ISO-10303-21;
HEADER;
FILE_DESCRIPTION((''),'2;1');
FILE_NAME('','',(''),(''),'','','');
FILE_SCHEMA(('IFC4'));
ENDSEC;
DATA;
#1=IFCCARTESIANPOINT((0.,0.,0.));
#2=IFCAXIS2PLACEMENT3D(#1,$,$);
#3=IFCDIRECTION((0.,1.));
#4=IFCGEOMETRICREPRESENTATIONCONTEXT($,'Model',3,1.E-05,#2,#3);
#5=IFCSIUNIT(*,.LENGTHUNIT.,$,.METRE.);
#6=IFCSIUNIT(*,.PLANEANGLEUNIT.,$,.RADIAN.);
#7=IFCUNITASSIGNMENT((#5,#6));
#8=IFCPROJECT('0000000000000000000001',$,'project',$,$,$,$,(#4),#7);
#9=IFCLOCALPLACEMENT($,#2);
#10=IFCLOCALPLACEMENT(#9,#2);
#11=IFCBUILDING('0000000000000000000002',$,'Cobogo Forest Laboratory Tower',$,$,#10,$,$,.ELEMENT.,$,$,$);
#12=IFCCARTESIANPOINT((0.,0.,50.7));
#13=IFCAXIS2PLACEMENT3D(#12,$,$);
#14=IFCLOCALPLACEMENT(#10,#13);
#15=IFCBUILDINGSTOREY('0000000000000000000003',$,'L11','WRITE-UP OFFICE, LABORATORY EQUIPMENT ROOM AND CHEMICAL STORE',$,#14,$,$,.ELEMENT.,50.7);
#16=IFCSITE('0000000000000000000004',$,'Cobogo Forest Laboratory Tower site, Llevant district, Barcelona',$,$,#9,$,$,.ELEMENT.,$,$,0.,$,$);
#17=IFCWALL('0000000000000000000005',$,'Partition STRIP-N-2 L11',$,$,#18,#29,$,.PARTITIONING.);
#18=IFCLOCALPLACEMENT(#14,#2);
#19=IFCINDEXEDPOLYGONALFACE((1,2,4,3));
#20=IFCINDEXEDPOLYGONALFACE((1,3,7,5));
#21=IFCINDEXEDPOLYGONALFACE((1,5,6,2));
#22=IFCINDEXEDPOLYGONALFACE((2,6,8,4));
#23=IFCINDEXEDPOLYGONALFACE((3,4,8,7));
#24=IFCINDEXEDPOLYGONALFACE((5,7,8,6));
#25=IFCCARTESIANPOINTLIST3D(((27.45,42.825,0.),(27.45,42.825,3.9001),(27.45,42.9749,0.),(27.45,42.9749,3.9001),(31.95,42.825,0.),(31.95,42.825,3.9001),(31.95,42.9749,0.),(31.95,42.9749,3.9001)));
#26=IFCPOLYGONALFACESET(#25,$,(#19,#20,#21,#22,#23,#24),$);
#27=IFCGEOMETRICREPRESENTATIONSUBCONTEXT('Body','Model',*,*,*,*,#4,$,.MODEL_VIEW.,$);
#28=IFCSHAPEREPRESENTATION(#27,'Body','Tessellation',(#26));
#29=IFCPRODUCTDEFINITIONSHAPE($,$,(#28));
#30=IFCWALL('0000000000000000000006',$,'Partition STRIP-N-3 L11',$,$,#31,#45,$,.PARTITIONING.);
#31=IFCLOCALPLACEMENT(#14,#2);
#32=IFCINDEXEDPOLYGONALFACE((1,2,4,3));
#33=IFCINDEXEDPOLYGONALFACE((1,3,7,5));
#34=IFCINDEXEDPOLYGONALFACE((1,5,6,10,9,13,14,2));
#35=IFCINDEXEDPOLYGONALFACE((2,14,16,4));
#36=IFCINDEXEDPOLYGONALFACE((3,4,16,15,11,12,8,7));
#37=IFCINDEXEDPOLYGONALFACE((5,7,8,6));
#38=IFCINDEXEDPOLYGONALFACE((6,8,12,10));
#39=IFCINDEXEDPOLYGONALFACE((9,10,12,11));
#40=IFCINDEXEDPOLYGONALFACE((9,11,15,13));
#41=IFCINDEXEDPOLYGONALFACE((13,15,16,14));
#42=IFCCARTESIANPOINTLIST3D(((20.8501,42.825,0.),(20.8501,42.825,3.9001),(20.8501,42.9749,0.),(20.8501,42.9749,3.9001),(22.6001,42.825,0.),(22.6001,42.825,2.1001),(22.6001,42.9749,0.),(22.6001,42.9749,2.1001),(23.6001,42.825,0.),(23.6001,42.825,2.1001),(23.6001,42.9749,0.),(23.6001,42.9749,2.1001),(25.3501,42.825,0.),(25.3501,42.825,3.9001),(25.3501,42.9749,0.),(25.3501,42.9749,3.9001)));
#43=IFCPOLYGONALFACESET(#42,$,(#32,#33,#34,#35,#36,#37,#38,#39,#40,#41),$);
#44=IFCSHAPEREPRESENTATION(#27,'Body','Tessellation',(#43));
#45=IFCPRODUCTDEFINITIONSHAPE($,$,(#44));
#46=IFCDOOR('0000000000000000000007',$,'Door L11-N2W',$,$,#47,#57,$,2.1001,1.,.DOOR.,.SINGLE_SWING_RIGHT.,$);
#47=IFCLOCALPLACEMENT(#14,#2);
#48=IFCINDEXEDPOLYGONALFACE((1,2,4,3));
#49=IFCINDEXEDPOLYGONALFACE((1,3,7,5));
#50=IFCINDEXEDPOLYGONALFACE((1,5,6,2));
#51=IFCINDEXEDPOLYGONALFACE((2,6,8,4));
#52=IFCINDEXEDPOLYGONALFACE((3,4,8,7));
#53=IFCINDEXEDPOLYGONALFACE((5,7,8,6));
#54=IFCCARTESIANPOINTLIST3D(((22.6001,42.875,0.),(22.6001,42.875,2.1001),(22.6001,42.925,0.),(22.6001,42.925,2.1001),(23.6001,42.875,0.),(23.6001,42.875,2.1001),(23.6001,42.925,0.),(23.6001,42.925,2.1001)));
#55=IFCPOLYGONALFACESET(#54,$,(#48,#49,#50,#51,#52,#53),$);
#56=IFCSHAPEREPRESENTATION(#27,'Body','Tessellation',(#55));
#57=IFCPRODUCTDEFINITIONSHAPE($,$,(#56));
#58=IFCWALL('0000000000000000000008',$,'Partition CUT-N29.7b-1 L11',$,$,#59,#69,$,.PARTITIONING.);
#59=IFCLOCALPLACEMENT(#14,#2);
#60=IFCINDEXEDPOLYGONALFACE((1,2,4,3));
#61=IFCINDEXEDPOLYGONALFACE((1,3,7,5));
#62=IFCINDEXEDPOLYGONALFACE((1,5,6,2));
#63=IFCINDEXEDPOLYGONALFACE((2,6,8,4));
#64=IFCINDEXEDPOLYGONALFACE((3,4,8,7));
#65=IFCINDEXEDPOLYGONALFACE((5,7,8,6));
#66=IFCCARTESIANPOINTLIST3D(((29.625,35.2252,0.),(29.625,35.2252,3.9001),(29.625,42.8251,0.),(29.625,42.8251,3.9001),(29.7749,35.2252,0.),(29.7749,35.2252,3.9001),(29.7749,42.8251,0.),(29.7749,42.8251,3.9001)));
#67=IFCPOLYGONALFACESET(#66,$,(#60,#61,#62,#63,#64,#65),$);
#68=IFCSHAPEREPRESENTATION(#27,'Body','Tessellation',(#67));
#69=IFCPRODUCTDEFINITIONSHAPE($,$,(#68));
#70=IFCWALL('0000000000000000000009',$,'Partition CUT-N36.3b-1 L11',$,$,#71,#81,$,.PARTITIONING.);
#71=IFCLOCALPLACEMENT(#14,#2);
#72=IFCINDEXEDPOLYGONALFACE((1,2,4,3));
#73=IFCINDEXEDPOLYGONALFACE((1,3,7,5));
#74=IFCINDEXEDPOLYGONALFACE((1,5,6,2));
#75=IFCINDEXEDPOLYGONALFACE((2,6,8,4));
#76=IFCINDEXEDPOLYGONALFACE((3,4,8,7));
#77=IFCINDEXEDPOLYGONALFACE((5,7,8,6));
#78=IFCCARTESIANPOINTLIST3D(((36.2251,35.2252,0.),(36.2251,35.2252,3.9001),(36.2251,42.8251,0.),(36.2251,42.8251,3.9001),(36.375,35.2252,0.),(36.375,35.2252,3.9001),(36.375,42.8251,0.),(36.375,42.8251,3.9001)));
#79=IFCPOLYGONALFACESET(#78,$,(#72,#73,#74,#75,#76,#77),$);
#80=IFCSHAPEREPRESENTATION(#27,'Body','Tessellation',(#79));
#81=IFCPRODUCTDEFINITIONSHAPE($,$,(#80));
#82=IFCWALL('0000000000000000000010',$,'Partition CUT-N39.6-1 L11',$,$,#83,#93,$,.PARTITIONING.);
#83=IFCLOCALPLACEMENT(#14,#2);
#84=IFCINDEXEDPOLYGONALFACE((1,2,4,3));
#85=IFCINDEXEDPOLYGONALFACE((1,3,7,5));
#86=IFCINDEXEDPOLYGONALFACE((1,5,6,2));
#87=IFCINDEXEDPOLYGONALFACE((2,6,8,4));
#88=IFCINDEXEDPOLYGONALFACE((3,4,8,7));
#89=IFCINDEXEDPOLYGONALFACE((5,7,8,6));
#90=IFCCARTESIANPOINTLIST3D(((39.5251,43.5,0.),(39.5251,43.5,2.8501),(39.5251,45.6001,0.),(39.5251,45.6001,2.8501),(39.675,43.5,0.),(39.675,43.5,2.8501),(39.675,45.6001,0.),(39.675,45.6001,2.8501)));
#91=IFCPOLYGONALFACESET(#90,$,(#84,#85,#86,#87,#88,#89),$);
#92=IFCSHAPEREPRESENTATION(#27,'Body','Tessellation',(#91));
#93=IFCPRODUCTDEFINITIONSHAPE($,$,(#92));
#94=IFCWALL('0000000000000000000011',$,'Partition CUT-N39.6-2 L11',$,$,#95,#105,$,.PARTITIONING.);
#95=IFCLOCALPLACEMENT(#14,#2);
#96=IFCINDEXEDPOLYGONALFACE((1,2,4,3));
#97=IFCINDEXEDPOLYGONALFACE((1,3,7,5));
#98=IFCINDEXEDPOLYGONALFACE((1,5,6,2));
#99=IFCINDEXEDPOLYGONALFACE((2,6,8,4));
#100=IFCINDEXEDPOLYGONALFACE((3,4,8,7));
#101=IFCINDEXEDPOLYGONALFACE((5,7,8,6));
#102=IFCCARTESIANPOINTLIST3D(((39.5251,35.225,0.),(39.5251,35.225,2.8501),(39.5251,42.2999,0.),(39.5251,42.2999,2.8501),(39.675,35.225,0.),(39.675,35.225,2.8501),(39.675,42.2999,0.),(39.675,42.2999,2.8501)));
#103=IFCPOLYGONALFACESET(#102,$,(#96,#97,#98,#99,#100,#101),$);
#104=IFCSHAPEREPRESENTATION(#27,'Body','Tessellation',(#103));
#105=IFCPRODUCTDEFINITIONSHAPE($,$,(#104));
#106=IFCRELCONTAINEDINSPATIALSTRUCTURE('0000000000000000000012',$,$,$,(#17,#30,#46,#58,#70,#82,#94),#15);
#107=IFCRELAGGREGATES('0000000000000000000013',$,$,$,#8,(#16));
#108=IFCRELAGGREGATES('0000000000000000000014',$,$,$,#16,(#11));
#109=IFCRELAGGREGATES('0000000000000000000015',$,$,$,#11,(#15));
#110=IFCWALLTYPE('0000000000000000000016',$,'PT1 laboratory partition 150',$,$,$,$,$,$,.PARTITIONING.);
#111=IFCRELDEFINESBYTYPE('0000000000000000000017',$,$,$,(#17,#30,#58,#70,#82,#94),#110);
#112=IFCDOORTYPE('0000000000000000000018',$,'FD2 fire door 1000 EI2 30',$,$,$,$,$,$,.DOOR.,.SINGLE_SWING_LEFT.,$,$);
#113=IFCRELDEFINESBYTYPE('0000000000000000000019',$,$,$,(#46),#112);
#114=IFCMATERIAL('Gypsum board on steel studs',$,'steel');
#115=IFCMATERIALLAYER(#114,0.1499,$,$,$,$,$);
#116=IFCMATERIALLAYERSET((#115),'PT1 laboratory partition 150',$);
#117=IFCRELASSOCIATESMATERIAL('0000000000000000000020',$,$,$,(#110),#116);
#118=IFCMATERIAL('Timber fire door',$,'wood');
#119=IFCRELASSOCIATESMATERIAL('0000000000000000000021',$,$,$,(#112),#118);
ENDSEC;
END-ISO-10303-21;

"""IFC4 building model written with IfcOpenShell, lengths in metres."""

from ifc_helpers import new_model, si_unit, direction, frame, frame_2d, origin, place, context, subcontext, project, spatial, rectangle, extrude, material, layer, layer_set, type_object, element, fill, save


model = new_model("IFC4")

# Units and contexts
model_context = context("Model", 3, precision=1e-05, world=origin(), true_north=direction((0.0, 1.0)))
body_context = subcontext(model_context, "Body", "Model", "MODEL_VIEW")
ifc_project = project(units=[si_unit("LENGTHUNIT", "METRE"), si_unit("PLANEANGLEUNIT", "RADIAN")], contexts=[model_context])

# Site, building, storey
site_placement = place(None, origin())
site = spatial("IfcSite", under=ifc_project, at=site_placement, Name="Cobogo Forest Laboratory Tower site, Llevant district, Barcelona", CompositionType="ELEMENT", RefElevation=0.0)
building_placement = place(site_placement, origin())
building = spatial("IfcBuilding", under=site, at=building_placement, Name="Cobogo Forest Laboratory Tower", CompositionType="ELEMENT")
storey_placement = place(building_placement, frame((0.0, 0.0, 50.7)))
storey = spatial("IfcBuildingStorey", under=building, at=storey_placement, Name="L11", Description="WRITE-UP OFFICE, LABORATORY EQUIPMENT ROOM AND CHEMICAL STORE", CompositionType="ELEMENT", Elevation=50.7)

# Shared definitions
ifc_material_1 = material(Name="Gypsum board on steel studs", Category="steel")
ifc_layer = layer(ifc_material_1, 0.1499)
ifc_layer_set = layer_set([ifc_layer], Name="PT1 laboratory partition 150")
wall_type = type_object("IfcWallType", Name="PT1 laboratory partition 150", PredefinedType="PARTITIONING", material=ifc_layer_set)
ifc_material_2 = material(Name="Timber fire door", Category="wood")
door_type = type_object("IfcDoorType", Name="FD2 fire door 1000 EI2 30", OperationType="SINGLE_SWING_LEFT", PredefinedType="DOOR", material=ifc_material_2)

# Wall
wall_1_placement = place(storey_placement, frame((31.95, 42.8999, 0.0), z_axis=(0.0, 0.0, 1.0), x_axis=(-1.0, 0.0, 0.0)))
element("IfcWall", 1, at=wall_1_placement, inside=storey, type_object=wall_type, Name="Partition STRIP-N-2 L11", PredefinedType="PARTITIONING", context=body_context, shape_type="SweptSolid", body=[
    extrude(rectangle(XDim=4.5, YDim=0.1499, at=frame_2d((2.25, 0.0))), origin(), (0.0, 0.0, 1.0), 3.9001),
])

# Wall, opening, door
wall_2_placement = place(storey_placement, frame((25.3501, 42.8999, 0.0), z_axis=(0.0, 0.0, 1.0), x_axis=(-1.0, 0.0, 0.0)))
wall_2 = element("IfcWall", 2, at=wall_2_placement, inside=storey, type_object=wall_type, Name="Partition STRIP-N-3 L11", PredefinedType="PARTITIONING", context=body_context, shape_type="SweptSolid", body=[
    extrude(rectangle(XDim=4.5, YDim=0.1499, at=frame_2d((2.25, 0.0))), origin(), (0.0, 0.0, 1.0), 3.9001),
])
opening_1_placement = place(wall_2_placement, frame((1.75, 0.0, 0.0)))
opening_1 = element("IfcOpeningElement", 3, at=opening_1_placement, cuts=wall_2, PredefinedType="OPENING", context=body_context, shape_type="SweptSolid", body=[
    extrude(rectangle(XDim=1.0, YDim=2.1001, at=frame_2d((0.5, 1.05))), frame((0.0, 0.085, 0.0), z_axis=(0.0, -1.0, 0.0), x_axis=(1.0, 0.0, 0.0)), (0.0, 0.0, 1.0), 0.1699),
])
door_1_placement = place(opening_1_placement, origin())
door_1 = element("IfcDoor", 4, at=door_1_placement, inside=storey, type_object=door_type, Name="Door L11-N2W", OperationType="SINGLE_SWING_RIGHT", OverallHeight=2.1001, OverallWidth=1.0, PredefinedType="DOOR", context=body_context, shape_type="SweptSolid", body=[
    extrude(rectangle(XDim=1.0, YDim=2.1001, at=frame_2d((0.5, 1.05))), frame((0.0, 0.0249, 0.0), z_axis=(0.0, -1.0, 0.0), x_axis=(1.0, 0.0, 0.0)), (0.0, 0.0, 1.0), 0.05),
])
fill(opening_1, door_1)

# Walls
for number, where, z_axis, x_axis, name in (
    (5, (29.7, 42.825, 0.0), (0.0, 0.0, 1.0), (0.0, -1.0, 0.0), "Partition CUT-N29.7b-1 L11"),
    (6, (36.3, 42.825, 0.0), (0.0, 0.0, 1.0), (0.0, -1.0, 0.0), "Partition CUT-N36.3b-1 L11"),
):
    element("IfcWall", number, at=place(storey_placement, frame(where, z_axis=z_axis, x_axis=x_axis)), inside=storey, type_object=wall_type, Name=name, PredefinedType="PARTITIONING", context=body_context, shape_type="SweptSolid", body=[
        extrude(rectangle(XDim=7.5999, YDim=0.1499, at=frame_2d((3.7998, 0.0))), origin(), (0.0, 0.0, 1.0), 3.9001),
    ])
wall_3_placement = place(storey_placement, frame((39.6001, 45.6001, 0.0), z_axis=(0.0, 0.0, 1.0), x_axis=(0.0, -1.0, 0.0)))
element("IfcWall", 7, at=wall_3_placement, inside=storey, type_object=wall_type, Name="Partition CUT-N39.6-1 L11", PredefinedType="PARTITIONING", context=body_context, shape_type="SweptSolid", body=[
    extrude(rectangle(XDim=2.1001, YDim=0.1499, at=frame_2d((1.05, 0.0))), origin(), (0.0, 0.0, 1.0), 2.8501),
])
wall_4_placement = place(storey_placement, frame((39.6001, 42.3, 0.0), z_axis=(0.0, 0.0, 1.0), x_axis=(0.0, -1.0, 0.0)))
element("IfcWall", 8, at=wall_4_placement, inside=storey, type_object=wall_type, Name="Partition CUT-N39.6-2 L11", PredefinedType="PARTITIONING", context=body_context, shape_type="SweptSolid", body=[
    extrude(rectangle(XDim=7.075, YDim=0.1499, at=frame_2d((3.5376, 0.0))), origin(), (0.0, 0.0, 1.0), 2.8501),
])

save(model, "model.ifc")
